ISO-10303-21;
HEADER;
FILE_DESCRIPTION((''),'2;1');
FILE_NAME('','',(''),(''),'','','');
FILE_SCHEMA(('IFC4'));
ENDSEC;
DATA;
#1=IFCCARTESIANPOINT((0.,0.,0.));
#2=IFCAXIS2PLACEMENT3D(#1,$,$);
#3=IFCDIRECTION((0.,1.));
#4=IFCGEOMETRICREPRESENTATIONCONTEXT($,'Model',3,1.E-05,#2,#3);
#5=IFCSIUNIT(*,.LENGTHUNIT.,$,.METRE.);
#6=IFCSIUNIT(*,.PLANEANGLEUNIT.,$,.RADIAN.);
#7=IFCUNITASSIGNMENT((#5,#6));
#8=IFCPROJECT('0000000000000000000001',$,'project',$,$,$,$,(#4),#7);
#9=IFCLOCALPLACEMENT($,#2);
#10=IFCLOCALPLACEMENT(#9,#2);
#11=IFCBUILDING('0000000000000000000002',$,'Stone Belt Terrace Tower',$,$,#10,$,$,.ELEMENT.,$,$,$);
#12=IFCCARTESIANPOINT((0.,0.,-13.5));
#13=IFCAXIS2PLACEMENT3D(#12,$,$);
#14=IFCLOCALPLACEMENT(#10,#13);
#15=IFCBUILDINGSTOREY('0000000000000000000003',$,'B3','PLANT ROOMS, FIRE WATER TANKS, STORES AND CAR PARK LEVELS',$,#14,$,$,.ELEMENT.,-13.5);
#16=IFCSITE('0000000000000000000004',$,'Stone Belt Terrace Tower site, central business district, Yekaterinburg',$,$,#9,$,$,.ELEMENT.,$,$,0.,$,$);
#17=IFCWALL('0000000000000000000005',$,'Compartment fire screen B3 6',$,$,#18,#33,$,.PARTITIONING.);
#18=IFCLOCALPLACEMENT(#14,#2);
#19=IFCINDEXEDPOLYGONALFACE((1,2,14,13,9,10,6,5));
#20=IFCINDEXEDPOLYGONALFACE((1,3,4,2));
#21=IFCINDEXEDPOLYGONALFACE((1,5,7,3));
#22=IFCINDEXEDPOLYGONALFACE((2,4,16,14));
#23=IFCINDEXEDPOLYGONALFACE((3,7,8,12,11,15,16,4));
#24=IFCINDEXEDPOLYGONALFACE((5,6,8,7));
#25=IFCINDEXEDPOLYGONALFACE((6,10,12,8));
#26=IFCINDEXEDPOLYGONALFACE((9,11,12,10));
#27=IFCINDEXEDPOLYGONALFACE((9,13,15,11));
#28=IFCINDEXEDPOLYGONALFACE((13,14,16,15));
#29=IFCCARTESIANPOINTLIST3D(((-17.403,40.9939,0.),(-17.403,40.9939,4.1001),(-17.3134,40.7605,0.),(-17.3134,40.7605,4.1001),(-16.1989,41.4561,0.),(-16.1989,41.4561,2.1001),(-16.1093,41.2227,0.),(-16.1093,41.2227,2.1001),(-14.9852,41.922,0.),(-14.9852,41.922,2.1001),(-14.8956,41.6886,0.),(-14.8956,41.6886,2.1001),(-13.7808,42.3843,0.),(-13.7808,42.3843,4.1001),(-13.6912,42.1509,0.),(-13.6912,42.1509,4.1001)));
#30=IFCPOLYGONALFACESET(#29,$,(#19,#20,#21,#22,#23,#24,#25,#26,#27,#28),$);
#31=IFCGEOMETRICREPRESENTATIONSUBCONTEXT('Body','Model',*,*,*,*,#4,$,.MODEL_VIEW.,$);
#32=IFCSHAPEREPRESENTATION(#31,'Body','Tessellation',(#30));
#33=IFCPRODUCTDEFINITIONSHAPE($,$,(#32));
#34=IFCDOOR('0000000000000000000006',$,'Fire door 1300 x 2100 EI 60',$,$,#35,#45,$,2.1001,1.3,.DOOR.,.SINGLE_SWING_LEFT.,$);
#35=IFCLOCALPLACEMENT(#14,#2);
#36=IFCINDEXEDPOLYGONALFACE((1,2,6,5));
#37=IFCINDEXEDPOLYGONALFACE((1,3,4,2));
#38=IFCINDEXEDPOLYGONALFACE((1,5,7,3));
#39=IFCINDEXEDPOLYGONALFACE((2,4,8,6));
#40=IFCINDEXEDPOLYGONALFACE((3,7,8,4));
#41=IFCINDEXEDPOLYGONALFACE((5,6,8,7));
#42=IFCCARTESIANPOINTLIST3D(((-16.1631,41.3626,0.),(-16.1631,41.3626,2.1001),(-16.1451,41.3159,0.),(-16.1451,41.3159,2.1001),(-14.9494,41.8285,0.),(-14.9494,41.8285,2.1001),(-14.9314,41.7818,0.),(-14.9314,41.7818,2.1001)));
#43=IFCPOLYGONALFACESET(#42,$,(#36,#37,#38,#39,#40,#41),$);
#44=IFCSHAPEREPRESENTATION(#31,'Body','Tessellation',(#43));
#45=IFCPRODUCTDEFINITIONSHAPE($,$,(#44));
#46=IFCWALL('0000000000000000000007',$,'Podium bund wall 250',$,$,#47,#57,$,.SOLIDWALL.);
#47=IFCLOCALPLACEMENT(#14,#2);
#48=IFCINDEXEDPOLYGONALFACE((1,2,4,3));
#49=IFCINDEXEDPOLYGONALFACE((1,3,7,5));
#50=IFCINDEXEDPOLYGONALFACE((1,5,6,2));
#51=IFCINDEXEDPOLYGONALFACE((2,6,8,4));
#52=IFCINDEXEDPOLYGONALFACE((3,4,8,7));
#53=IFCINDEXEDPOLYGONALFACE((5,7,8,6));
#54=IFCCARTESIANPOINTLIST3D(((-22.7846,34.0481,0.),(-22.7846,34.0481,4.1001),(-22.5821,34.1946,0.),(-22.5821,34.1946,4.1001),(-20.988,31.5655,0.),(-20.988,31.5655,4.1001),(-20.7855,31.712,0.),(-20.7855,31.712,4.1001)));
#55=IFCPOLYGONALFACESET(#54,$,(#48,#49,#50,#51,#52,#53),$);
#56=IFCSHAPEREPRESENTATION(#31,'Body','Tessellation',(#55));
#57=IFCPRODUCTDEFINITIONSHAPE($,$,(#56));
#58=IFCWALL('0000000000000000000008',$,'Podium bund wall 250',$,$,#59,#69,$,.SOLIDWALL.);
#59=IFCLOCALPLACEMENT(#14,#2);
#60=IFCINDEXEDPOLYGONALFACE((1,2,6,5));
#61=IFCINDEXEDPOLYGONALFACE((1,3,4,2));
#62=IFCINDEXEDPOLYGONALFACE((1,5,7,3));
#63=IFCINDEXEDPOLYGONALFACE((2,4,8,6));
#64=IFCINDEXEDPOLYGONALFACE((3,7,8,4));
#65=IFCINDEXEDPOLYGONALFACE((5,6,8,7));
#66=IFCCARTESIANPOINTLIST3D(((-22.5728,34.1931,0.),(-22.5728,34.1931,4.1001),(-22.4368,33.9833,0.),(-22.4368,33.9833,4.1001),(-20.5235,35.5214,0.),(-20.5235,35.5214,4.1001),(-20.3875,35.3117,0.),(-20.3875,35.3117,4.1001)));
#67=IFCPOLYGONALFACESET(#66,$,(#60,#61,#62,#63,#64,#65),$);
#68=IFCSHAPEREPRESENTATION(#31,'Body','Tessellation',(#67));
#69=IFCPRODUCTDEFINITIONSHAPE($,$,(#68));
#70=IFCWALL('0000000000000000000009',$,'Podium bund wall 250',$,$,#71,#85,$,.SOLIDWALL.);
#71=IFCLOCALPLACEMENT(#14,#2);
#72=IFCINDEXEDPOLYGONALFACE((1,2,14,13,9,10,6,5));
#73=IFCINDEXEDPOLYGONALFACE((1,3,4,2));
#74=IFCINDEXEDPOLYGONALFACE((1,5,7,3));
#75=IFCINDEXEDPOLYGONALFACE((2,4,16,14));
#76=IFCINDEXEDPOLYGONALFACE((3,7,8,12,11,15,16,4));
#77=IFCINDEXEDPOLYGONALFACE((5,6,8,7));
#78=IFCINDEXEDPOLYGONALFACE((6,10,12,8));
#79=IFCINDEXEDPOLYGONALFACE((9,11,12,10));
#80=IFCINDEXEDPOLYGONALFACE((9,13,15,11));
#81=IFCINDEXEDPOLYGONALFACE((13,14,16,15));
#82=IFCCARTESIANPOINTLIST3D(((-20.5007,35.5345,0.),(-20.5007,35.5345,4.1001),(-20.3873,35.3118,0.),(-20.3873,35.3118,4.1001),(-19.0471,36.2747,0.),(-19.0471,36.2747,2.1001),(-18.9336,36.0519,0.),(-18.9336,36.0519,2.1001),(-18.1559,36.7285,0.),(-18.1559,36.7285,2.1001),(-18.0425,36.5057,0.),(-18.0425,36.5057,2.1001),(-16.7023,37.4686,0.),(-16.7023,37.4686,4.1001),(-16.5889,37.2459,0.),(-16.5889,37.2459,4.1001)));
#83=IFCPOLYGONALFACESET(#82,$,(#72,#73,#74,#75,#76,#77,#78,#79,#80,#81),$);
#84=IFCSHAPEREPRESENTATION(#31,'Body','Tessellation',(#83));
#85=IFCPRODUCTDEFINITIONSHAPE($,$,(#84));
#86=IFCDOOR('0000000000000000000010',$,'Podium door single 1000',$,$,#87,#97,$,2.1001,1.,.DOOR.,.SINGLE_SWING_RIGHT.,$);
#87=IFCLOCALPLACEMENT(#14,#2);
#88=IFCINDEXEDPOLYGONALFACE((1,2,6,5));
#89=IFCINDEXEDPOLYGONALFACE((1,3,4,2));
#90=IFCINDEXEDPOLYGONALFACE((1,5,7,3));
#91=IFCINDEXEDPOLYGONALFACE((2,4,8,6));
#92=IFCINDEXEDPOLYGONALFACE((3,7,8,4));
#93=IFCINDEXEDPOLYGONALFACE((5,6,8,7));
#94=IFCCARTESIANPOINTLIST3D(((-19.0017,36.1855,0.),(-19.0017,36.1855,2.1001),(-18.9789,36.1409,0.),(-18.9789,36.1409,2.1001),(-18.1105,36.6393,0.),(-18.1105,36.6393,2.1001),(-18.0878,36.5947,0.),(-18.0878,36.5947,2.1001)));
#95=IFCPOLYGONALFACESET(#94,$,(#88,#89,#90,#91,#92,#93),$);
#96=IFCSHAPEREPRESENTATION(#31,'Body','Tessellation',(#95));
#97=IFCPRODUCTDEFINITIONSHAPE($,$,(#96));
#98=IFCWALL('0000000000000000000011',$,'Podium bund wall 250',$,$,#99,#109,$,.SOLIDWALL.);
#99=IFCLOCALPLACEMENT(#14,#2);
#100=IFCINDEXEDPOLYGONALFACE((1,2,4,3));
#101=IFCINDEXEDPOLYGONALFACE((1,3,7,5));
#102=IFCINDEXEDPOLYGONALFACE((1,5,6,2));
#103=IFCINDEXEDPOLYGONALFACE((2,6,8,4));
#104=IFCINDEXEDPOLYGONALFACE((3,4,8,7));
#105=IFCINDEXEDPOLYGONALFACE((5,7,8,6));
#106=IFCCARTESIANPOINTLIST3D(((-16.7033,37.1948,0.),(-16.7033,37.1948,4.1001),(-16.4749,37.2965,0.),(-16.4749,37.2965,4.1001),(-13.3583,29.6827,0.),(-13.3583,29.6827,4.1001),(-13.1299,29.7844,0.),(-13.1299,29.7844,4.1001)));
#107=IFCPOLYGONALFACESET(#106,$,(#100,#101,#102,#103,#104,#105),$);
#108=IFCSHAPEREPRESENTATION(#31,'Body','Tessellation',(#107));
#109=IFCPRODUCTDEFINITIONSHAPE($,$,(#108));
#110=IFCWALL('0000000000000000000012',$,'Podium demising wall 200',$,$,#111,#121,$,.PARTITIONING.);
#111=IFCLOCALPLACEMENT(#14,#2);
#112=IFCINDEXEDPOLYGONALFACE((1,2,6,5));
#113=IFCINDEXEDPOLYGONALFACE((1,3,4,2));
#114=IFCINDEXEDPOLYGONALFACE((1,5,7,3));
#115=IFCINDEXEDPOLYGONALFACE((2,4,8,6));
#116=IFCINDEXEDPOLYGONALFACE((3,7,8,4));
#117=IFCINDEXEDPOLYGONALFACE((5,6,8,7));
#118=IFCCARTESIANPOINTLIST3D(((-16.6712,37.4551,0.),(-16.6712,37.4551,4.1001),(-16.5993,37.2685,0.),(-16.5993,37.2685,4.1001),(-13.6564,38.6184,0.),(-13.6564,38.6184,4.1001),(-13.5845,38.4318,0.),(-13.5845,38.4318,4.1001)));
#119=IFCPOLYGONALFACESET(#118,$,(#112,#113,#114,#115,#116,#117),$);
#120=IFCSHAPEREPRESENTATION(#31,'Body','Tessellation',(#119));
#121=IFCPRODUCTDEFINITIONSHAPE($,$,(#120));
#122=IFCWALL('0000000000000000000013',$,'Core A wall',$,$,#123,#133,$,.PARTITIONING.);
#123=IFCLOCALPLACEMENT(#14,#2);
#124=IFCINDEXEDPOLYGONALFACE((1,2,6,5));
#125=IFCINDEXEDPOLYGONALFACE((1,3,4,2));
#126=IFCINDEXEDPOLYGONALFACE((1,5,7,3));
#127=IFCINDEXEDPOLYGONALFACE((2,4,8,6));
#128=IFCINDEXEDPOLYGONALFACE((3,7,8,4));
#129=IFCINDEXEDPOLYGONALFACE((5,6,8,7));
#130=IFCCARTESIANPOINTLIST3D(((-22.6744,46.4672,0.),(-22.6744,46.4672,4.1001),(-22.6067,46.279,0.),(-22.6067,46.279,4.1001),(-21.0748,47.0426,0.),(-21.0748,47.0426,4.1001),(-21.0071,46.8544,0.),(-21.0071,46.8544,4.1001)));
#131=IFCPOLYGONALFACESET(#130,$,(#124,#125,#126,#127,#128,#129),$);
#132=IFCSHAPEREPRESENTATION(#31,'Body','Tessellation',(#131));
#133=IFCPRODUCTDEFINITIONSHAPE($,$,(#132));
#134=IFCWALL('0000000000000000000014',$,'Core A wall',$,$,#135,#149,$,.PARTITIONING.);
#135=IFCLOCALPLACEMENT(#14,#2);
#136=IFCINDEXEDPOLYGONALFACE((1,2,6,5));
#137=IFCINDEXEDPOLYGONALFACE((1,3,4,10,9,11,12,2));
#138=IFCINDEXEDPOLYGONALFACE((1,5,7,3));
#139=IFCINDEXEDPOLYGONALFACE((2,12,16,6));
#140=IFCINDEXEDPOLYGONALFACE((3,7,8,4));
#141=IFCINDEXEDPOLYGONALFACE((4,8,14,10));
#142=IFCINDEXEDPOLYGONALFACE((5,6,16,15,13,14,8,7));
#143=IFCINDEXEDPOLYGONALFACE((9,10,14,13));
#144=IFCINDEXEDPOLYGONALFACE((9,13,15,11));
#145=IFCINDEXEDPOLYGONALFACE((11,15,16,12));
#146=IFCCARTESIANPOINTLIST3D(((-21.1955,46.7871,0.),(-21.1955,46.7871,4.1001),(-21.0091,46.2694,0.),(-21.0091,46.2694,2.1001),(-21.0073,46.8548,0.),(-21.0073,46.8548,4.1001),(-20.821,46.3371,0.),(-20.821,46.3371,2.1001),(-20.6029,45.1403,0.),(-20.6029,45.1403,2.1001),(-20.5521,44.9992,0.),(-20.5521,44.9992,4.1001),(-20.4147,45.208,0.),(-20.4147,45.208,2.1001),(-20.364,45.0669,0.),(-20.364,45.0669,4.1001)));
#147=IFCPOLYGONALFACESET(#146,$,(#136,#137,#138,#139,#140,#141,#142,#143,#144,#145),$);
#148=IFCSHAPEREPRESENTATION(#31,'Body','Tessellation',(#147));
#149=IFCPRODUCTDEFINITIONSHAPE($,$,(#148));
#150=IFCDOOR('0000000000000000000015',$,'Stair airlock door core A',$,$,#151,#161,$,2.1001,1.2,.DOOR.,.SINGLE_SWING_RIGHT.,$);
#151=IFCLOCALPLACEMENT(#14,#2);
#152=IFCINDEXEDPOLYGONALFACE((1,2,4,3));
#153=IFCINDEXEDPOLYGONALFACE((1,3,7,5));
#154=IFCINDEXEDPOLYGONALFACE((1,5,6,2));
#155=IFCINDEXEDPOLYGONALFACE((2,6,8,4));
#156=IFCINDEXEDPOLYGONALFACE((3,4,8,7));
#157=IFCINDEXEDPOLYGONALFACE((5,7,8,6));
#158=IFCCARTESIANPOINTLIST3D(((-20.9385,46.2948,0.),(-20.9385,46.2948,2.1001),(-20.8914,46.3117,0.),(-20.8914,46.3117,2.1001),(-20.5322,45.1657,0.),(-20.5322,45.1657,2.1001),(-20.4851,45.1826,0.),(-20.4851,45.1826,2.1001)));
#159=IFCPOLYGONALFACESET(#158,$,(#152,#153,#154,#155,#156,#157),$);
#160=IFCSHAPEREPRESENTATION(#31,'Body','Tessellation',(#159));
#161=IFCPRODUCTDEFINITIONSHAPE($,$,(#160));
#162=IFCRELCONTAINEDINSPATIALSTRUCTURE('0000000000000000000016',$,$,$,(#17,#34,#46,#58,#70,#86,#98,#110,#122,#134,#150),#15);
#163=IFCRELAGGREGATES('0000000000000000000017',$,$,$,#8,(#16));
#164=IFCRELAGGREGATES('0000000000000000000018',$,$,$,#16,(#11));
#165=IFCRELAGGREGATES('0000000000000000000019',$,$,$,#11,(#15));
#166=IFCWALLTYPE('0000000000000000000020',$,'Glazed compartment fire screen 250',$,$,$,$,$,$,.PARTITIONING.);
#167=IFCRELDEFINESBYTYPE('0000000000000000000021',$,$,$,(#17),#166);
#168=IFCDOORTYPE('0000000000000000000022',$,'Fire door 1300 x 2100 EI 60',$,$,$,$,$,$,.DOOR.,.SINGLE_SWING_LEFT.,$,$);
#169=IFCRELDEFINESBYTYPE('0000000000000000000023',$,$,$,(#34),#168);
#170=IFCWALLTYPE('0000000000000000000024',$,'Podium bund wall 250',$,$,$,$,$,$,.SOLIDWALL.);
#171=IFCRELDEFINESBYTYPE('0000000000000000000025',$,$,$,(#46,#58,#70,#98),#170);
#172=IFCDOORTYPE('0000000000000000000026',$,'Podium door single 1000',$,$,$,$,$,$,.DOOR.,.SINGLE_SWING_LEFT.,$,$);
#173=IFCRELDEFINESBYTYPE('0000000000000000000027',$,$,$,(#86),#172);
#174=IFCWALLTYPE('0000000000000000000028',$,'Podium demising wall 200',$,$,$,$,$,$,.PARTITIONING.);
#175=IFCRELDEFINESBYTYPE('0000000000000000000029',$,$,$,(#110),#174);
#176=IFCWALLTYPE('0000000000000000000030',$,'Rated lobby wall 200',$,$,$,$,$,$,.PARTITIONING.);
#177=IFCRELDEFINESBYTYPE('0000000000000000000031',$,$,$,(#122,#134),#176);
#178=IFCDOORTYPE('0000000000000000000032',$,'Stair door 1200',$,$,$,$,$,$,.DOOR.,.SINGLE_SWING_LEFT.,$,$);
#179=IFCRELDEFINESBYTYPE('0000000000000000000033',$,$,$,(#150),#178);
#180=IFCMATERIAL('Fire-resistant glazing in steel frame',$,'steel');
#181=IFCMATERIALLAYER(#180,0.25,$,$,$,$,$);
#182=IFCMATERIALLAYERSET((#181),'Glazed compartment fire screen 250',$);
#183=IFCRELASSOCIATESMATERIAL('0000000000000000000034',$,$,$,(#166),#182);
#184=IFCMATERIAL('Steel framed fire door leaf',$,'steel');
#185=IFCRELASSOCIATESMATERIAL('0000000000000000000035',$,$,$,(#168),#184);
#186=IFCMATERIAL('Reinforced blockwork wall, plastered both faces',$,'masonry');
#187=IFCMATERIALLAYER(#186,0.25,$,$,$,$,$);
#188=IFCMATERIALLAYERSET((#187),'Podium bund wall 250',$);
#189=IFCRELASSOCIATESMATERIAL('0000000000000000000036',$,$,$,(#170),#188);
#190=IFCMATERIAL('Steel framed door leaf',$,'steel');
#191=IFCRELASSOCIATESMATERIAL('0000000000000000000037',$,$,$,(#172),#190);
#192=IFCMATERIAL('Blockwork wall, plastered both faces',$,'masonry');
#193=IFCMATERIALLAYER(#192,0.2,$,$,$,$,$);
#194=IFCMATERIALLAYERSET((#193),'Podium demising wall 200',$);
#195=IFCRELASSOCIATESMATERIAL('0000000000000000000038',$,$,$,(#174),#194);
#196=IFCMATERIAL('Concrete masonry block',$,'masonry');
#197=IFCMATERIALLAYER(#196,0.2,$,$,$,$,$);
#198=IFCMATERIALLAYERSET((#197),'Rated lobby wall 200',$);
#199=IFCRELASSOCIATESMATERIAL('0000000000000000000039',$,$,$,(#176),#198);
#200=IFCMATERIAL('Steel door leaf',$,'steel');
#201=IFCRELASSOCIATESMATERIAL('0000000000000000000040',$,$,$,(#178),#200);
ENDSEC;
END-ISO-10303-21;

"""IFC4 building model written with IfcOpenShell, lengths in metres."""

from ifc_helpers import new_model, si_unit, direction, frame, frame_2d, origin, place, context, subcontext, project, spatial, rectangle, extrude, material, layer, layer_set, type_object, element, fill, save


model = new_model("IFC4")

# Units and contexts
model_context = context("Model", 3, precision=1e-05, world=origin(), true_north=direction((0.0, 1.0)))
body_context = subcontext(model_context, "Body", "Model", "MODEL_VIEW")
ifc_project = project(units=[si_unit("LENGTHUNIT", "METRE"), si_unit("PLANEANGLEUNIT", "RADIAN")], contexts=[model_context])

# Site, building, storey
site_placement = place(None, origin())
site = spatial("IfcSite", under=ifc_project, at=site_placement, Name="Stone Belt Terrace Tower site, central business district, Yekaterinburg", CompositionType="ELEMENT", RefElevation=0.0)
building_placement = place(site_placement, origin())
building = spatial("IfcBuilding", under=site, at=building_placement, Name="Stone Belt Terrace Tower", CompositionType="ELEMENT")
storey_placement = place(building_placement, frame((0.0, 0.0, -13.5)))
storey = spatial("IfcBuildingStorey", under=building, at=storey_placement, Name="B3", Description="PLANT ROOMS, FIRE WATER TANKS, STORES AND CAR PARK LEVELS", CompositionType="ELEMENT", Elevation=-13.5)

# Shared definitions
ifc_material_1 = material(Name="Fire-resistant glazing in steel frame", Category="steel")
ifc_layer_1 = layer(ifc_material_1, 0.25)
ifc_layer_set_1 = layer_set([ifc_layer_1], Name="Glazed compartment fire screen 250")
wall_type_1 = type_object("IfcWallType", Name="Glazed compartment fire screen 250", PredefinedType="PARTITIONING", material=ifc_layer_set_1)

# Wall, opening, door
wall_1_placement = place(storey_placement, frame((-17.3582, 40.8772, 0.0), z_axis=(0.0, 0.0, 1.0), x_axis=(0.933581, 0.358368, 0.0)))
wall_1 = element("IfcWall", 1, at=wall_1_placement, inside=storey, type_object=wall_type_1, Name="Compartment fire screen B3 6", PredefinedType="PARTITIONING", context=body_context, shape_type="SweptSolid", body=[
    extrude(rectangle(XDim=3.8799, YDim=0.25, at=frame_2d((1.9399, 0.0))), origin(), (0.0, 0.0, 1.0), 4.1001),
])
opening_1_placement = place(wall_1_placement, frame((1.2898, 0.0, 0.0)))
opening_1 = element("IfcOpeningElement", 2, at=opening_1_placement, cuts=wall_1, PredefinedType="OPENING", context=body_context, shape_type="SweptSolid", body=[
    extrude(rectangle(XDim=1.3, YDim=2.1001, at=frame_2d((0.6499, 1.05))), frame((0.0, 0.135, 0.0), z_axis=(0.0, -1.0, 0.0), x_axis=(1.0, 0.0, 0.0)), (0.0, 0.0, 1.0), 0.27),
])
ifc_material_2 = material(Name="Steel framed fire door leaf", Category="steel")
door_type_1 = type_object("IfcDoorType", Name="Fire door 1300 x 2100 EI 60", OperationType="SINGLE_SWING_LEFT", PredefinedType="DOOR", material=ifc_material_2)
door_1_placement = place(opening_1_placement, origin())
door_1 = element("IfcDoor", 3, at=door_1_placement, inside=storey, type_object=door_type_1, Name="Fire door 1300 x 2100 EI 60", OperationType="SINGLE_SWING_LEFT", OverallHeight=2.1001, OverallWidth=1.3, PredefinedType="DOOR", context=body_context, shape_type="SweptSolid", body=[
    extrude(rectangle(XDim=1.3, YDim=2.1001, at=frame_2d((0.6499, 1.05))), frame((0.0, 0.0249, 0.0), z_axis=(0.0, -1.0, 0.0), x_axis=(1.0, 0.0, 0.0)), (0.0, 0.0, 1.0), 0.05),
])
fill(opening_1, door_1)

# Walls
ifc_material_3 = material(Name="Reinforced blockwork wall, plastered both faces", Category="masonry")
ifc_layer_2 = layer(ifc_material_3, 0.25)
ifc_layer_set_2 = layer_set([ifc_layer_2], Name="Podium bund wall 250")
wall_type_2 = type_object("IfcWallType", Name="Podium bund wall 250", PredefinedType="SOLIDWALL", material=ifc_layer_set_2)
wall_2_placement = place(storey_placement, frame((-22.6833, 34.1213, 0.0), z_axis=(0.0, 0.0, 1.0), x_axis=(0.586261, -0.810122, 0.0)))
element("IfcWall", 4, at=wall_2_placement, inside=storey, type_object=wall_type_2, Name="Podium bund wall 250", PredefinedType="SOLIDWALL", context=body_context, shape_type="SweptSolid", body=[
    extrude(rectangle(XDim=3.0645, YDim=0.25, at=frame_2d((1.5322, 0.0))), origin(), (0.0, 0.0, 1.0), 4.1001),
])
wall_3_placement = place(storey_placement, frame((-22.5049, 34.0881, 0.0), z_axis=(0.0, 0.0, 1.0), x_axis=(0.839133, 0.543927, 0.0)))
element("IfcWall", 5, at=wall_3_placement, inside=storey, type_object=wall_type_2, Name="Podium bund wall 250", PredefinedType="SOLIDWALL", context=body_context, shape_type="SweptSolid", body=[
    extrude(rectangle(XDim=2.4421, YDim=0.25, at=frame_2d((1.2212, 0.0))), origin(), (0.0, 0.0, 1.0), 4.1001),
])

# Wall, opening, door
wall_4_placement = place(storey_placement, frame((-20.4441, 35.4231, 0.0), z_axis=(0.0, 0.0, 1.0), x_axis=(0.891127, 0.453754, 0.0)))
wall_4 = element("IfcWall", 6, at=wall_4_placement, inside=storey, type_object=wall_type_2, Name="Podium bund wall 250", PredefinedType="SOLIDWALL", context=body_context, shape_type="SweptSolid", body=[
    extrude(rectangle(XDim=4.2625, YDim=0.25, at=frame_2d((2.1313, 0.0))), origin(), (0.0, 0.0, 1.0), 4.1001),
])
opening_2_placement = place(wall_4_placement, frame((1.6313, 0.0, 0.0)))
opening_2 = element("IfcOpeningElement", 7, at=opening_2_placement, cuts=wall_4, PredefinedType="OPENING", context=body_context, shape_type="SweptSolid", body=[
    extrude(rectangle(XDim=1.0, YDim=2.1001, at=frame_2d((0.5, 1.05))), frame((0.0, 0.135, 0.0), z_axis=(0.0, -1.0, 0.0), x_axis=(1.0, 0.0, 0.0)), (0.0, 0.0, 1.0), 0.27),
])
ifc_material_4 = material(Name="Steel framed door leaf", Category="steel")
door_type_2 = type_object("IfcDoorType", Name="Podium door single 1000", OperationType="SINGLE_SWING_LEFT", PredefinedType="DOOR", material=ifc_material_4)
door_2_placement = place(opening_2_placement, origin())
door_2 = element("IfcDoor", 8, at=door_2_placement, inside=storey, type_object=door_type_2, Name="Podium door single 1000", OperationType="SINGLE_SWING_RIGHT", OverallHeight=2.1001, OverallWidth=1.0, PredefinedType="DOOR", context=body_context, shape_type="SweptSolid", body=[
    extrude(rectangle(XDim=1.0, YDim=2.1001, at=frame_2d((0.5, 1.05))), frame((0.0, 0.0249, 0.0), z_axis=(0.0, -1.0, 0.0), x_axis=(1.0, 0.0, 0.0)), (0.0, 0.0, 1.0), 0.05),
])
fill(opening_2, door_2)

# Walls
wall_5_placement = place(storey_placement, frame((-16.5891, 37.2456, 0.0), z_axis=(0.0, 0.0, 1.0), x_axis=(0.40678, -0.913526, 0.0)))
element("IfcWall", 9, at=wall_5_placement, inside=storey, type_object=wall_type_2, Name="Podium bund wall 250", PredefinedType="SOLIDWALL", context=body_context, shape_type="SweptSolid", body=[
    extrude(rectangle(XDim=8.2231, YDim=0.25, at=frame_2d((4.1116, 0.0))), origin(), (0.0, 0.0, 1.0), 4.1001),
])
ifc_material_5 = material(Name="Blockwork wall, plastered both faces", Category="masonry")
ifc_layer_3 = layer(ifc_material_5, 0.2)
ifc_layer_set_3 = layer_set([ifc_layer_3], Name="Podium demising wall 200")
wall_type_3 = type_object("IfcWallType", Name="Podium demising wall 200", PredefinedType="PARTITIONING", material=ifc_layer_set_3)
wall_6_placement = place(storey_placement, frame((-16.6353, 37.3618, 0.0), z_axis=(0.0, 0.0, 1.0), x_axis=(0.932956, 0.359991, 0.0)))
element("IfcWall", 10, at=wall_6_placement, inside=storey, type_object=wall_type_3, Name="Podium demising wall 200", PredefinedType="PARTITIONING", context=body_context, shape_type="SweptSolid", body=[
    extrude(rectangle(XDim=3.2314, YDim=0.2, at=frame_2d((1.6157, 0.0))), origin(), (0.0, 0.0, 1.0), 4.1001),
])
ifc_material_6 = material(Name="Concrete masonry block", Category="masonry")
ifc_layer_4 = layer(ifc_material_6, 0.2)
ifc_layer_set_4 = layer_set([ifc_layer_4], Name="Rated lobby wall 200")
wall_type_4 = type_object("IfcWallType", Name="Rated lobby wall 200", PredefinedType="PARTITIONING", material=ifc_layer_set_4)
wall_7_placement = place(storey_placement, frame((-22.6406, 46.373, 0.0), z_axis=(0.0, 0.0, 1.0), x_axis=(0.940966, 0.338501, 0.0)))
element("IfcWall", 11, at=wall_7_placement, inside=storey, type_object=wall_type_4, Name="Core A wall", PredefinedType="PARTITIONING", context=body_context, shape_type="SweptSolid", body=[
    extrude(rectangle(XDim=1.7, YDim=0.2, at=frame_2d((0.8501, 0.0))), origin(), (0.0, 0.0, 1.0), 4.1001),
])

# Wall, opening, door
wall_8_placement = place(storey_placement, frame((-20.458, 45.033, 0.0), z_axis=(0.0, 0.0, 1.0), x_axis=(-0.338574, 0.94094, 0.0)))
wall_8 = element("IfcWall", 12, at=wall_8_placement, inside=storey, type_object=wall_type_4, Name="Core A wall", PredefinedType="PARTITIONING", context=body_context, shape_type="SweptSolid", body=[
    extrude(rectangle(XDim=1.9001, YDim=0.2, at=frame_2d((0.9502, 0.0))), origin(), (0.0, 0.0, 1.0), 4.1001),
])
opening_3_placement = place(wall_8_placement, frame((0.1499, 0.0, 0.0)))
opening_3 = element("IfcOpeningElement", 13, at=opening_3_placement, cuts=wall_8, PredefinedType="OPENING", context=body_context, shape_type="SweptSolid", body=[
    extrude(rectangle(XDim=1.2, YDim=2.1001, at=frame_2d((0.6001, 1.05))), frame((0.0, 0.1099, 0.0), z_axis=(0.0, -1.0, 0.0), x_axis=(1.0, 0.0, 0.0)), (0.0, 0.0, 1.0), 0.22),
])
ifc_material_7 = material(Name="Steel door leaf", Category="steel")
door_type_3 = type_object("IfcDoorType", Name="Stair door 1200", OperationType="SINGLE_SWING_LEFT", PredefinedType="DOOR", material=ifc_material_7)
door_3_placement = place(opening_3_placement, origin())
door_3 = element("IfcDoor", 14, at=door_3_placement, inside=storey, type_object=door_type_3, Name="Stair airlock door core A", OperationType="SINGLE_SWING_RIGHT", OverallHeight=2.1001, OverallWidth=1.2, PredefinedType="DOOR", context=body_context, shape_type="SweptSolid", body=[
    extrude(rectangle(XDim=1.2, YDim=2.1001, at=frame_2d((0.6001, 1.05))), frame((0.0, 0.0249, 0.0), z_axis=(0.0, -1.0, 0.0), x_axis=(1.0, 0.0, 0.0)), (0.0, 0.0, 1.0), 0.05),
])
fill(opening_3, door_3)

save(model, "model.ifc")
